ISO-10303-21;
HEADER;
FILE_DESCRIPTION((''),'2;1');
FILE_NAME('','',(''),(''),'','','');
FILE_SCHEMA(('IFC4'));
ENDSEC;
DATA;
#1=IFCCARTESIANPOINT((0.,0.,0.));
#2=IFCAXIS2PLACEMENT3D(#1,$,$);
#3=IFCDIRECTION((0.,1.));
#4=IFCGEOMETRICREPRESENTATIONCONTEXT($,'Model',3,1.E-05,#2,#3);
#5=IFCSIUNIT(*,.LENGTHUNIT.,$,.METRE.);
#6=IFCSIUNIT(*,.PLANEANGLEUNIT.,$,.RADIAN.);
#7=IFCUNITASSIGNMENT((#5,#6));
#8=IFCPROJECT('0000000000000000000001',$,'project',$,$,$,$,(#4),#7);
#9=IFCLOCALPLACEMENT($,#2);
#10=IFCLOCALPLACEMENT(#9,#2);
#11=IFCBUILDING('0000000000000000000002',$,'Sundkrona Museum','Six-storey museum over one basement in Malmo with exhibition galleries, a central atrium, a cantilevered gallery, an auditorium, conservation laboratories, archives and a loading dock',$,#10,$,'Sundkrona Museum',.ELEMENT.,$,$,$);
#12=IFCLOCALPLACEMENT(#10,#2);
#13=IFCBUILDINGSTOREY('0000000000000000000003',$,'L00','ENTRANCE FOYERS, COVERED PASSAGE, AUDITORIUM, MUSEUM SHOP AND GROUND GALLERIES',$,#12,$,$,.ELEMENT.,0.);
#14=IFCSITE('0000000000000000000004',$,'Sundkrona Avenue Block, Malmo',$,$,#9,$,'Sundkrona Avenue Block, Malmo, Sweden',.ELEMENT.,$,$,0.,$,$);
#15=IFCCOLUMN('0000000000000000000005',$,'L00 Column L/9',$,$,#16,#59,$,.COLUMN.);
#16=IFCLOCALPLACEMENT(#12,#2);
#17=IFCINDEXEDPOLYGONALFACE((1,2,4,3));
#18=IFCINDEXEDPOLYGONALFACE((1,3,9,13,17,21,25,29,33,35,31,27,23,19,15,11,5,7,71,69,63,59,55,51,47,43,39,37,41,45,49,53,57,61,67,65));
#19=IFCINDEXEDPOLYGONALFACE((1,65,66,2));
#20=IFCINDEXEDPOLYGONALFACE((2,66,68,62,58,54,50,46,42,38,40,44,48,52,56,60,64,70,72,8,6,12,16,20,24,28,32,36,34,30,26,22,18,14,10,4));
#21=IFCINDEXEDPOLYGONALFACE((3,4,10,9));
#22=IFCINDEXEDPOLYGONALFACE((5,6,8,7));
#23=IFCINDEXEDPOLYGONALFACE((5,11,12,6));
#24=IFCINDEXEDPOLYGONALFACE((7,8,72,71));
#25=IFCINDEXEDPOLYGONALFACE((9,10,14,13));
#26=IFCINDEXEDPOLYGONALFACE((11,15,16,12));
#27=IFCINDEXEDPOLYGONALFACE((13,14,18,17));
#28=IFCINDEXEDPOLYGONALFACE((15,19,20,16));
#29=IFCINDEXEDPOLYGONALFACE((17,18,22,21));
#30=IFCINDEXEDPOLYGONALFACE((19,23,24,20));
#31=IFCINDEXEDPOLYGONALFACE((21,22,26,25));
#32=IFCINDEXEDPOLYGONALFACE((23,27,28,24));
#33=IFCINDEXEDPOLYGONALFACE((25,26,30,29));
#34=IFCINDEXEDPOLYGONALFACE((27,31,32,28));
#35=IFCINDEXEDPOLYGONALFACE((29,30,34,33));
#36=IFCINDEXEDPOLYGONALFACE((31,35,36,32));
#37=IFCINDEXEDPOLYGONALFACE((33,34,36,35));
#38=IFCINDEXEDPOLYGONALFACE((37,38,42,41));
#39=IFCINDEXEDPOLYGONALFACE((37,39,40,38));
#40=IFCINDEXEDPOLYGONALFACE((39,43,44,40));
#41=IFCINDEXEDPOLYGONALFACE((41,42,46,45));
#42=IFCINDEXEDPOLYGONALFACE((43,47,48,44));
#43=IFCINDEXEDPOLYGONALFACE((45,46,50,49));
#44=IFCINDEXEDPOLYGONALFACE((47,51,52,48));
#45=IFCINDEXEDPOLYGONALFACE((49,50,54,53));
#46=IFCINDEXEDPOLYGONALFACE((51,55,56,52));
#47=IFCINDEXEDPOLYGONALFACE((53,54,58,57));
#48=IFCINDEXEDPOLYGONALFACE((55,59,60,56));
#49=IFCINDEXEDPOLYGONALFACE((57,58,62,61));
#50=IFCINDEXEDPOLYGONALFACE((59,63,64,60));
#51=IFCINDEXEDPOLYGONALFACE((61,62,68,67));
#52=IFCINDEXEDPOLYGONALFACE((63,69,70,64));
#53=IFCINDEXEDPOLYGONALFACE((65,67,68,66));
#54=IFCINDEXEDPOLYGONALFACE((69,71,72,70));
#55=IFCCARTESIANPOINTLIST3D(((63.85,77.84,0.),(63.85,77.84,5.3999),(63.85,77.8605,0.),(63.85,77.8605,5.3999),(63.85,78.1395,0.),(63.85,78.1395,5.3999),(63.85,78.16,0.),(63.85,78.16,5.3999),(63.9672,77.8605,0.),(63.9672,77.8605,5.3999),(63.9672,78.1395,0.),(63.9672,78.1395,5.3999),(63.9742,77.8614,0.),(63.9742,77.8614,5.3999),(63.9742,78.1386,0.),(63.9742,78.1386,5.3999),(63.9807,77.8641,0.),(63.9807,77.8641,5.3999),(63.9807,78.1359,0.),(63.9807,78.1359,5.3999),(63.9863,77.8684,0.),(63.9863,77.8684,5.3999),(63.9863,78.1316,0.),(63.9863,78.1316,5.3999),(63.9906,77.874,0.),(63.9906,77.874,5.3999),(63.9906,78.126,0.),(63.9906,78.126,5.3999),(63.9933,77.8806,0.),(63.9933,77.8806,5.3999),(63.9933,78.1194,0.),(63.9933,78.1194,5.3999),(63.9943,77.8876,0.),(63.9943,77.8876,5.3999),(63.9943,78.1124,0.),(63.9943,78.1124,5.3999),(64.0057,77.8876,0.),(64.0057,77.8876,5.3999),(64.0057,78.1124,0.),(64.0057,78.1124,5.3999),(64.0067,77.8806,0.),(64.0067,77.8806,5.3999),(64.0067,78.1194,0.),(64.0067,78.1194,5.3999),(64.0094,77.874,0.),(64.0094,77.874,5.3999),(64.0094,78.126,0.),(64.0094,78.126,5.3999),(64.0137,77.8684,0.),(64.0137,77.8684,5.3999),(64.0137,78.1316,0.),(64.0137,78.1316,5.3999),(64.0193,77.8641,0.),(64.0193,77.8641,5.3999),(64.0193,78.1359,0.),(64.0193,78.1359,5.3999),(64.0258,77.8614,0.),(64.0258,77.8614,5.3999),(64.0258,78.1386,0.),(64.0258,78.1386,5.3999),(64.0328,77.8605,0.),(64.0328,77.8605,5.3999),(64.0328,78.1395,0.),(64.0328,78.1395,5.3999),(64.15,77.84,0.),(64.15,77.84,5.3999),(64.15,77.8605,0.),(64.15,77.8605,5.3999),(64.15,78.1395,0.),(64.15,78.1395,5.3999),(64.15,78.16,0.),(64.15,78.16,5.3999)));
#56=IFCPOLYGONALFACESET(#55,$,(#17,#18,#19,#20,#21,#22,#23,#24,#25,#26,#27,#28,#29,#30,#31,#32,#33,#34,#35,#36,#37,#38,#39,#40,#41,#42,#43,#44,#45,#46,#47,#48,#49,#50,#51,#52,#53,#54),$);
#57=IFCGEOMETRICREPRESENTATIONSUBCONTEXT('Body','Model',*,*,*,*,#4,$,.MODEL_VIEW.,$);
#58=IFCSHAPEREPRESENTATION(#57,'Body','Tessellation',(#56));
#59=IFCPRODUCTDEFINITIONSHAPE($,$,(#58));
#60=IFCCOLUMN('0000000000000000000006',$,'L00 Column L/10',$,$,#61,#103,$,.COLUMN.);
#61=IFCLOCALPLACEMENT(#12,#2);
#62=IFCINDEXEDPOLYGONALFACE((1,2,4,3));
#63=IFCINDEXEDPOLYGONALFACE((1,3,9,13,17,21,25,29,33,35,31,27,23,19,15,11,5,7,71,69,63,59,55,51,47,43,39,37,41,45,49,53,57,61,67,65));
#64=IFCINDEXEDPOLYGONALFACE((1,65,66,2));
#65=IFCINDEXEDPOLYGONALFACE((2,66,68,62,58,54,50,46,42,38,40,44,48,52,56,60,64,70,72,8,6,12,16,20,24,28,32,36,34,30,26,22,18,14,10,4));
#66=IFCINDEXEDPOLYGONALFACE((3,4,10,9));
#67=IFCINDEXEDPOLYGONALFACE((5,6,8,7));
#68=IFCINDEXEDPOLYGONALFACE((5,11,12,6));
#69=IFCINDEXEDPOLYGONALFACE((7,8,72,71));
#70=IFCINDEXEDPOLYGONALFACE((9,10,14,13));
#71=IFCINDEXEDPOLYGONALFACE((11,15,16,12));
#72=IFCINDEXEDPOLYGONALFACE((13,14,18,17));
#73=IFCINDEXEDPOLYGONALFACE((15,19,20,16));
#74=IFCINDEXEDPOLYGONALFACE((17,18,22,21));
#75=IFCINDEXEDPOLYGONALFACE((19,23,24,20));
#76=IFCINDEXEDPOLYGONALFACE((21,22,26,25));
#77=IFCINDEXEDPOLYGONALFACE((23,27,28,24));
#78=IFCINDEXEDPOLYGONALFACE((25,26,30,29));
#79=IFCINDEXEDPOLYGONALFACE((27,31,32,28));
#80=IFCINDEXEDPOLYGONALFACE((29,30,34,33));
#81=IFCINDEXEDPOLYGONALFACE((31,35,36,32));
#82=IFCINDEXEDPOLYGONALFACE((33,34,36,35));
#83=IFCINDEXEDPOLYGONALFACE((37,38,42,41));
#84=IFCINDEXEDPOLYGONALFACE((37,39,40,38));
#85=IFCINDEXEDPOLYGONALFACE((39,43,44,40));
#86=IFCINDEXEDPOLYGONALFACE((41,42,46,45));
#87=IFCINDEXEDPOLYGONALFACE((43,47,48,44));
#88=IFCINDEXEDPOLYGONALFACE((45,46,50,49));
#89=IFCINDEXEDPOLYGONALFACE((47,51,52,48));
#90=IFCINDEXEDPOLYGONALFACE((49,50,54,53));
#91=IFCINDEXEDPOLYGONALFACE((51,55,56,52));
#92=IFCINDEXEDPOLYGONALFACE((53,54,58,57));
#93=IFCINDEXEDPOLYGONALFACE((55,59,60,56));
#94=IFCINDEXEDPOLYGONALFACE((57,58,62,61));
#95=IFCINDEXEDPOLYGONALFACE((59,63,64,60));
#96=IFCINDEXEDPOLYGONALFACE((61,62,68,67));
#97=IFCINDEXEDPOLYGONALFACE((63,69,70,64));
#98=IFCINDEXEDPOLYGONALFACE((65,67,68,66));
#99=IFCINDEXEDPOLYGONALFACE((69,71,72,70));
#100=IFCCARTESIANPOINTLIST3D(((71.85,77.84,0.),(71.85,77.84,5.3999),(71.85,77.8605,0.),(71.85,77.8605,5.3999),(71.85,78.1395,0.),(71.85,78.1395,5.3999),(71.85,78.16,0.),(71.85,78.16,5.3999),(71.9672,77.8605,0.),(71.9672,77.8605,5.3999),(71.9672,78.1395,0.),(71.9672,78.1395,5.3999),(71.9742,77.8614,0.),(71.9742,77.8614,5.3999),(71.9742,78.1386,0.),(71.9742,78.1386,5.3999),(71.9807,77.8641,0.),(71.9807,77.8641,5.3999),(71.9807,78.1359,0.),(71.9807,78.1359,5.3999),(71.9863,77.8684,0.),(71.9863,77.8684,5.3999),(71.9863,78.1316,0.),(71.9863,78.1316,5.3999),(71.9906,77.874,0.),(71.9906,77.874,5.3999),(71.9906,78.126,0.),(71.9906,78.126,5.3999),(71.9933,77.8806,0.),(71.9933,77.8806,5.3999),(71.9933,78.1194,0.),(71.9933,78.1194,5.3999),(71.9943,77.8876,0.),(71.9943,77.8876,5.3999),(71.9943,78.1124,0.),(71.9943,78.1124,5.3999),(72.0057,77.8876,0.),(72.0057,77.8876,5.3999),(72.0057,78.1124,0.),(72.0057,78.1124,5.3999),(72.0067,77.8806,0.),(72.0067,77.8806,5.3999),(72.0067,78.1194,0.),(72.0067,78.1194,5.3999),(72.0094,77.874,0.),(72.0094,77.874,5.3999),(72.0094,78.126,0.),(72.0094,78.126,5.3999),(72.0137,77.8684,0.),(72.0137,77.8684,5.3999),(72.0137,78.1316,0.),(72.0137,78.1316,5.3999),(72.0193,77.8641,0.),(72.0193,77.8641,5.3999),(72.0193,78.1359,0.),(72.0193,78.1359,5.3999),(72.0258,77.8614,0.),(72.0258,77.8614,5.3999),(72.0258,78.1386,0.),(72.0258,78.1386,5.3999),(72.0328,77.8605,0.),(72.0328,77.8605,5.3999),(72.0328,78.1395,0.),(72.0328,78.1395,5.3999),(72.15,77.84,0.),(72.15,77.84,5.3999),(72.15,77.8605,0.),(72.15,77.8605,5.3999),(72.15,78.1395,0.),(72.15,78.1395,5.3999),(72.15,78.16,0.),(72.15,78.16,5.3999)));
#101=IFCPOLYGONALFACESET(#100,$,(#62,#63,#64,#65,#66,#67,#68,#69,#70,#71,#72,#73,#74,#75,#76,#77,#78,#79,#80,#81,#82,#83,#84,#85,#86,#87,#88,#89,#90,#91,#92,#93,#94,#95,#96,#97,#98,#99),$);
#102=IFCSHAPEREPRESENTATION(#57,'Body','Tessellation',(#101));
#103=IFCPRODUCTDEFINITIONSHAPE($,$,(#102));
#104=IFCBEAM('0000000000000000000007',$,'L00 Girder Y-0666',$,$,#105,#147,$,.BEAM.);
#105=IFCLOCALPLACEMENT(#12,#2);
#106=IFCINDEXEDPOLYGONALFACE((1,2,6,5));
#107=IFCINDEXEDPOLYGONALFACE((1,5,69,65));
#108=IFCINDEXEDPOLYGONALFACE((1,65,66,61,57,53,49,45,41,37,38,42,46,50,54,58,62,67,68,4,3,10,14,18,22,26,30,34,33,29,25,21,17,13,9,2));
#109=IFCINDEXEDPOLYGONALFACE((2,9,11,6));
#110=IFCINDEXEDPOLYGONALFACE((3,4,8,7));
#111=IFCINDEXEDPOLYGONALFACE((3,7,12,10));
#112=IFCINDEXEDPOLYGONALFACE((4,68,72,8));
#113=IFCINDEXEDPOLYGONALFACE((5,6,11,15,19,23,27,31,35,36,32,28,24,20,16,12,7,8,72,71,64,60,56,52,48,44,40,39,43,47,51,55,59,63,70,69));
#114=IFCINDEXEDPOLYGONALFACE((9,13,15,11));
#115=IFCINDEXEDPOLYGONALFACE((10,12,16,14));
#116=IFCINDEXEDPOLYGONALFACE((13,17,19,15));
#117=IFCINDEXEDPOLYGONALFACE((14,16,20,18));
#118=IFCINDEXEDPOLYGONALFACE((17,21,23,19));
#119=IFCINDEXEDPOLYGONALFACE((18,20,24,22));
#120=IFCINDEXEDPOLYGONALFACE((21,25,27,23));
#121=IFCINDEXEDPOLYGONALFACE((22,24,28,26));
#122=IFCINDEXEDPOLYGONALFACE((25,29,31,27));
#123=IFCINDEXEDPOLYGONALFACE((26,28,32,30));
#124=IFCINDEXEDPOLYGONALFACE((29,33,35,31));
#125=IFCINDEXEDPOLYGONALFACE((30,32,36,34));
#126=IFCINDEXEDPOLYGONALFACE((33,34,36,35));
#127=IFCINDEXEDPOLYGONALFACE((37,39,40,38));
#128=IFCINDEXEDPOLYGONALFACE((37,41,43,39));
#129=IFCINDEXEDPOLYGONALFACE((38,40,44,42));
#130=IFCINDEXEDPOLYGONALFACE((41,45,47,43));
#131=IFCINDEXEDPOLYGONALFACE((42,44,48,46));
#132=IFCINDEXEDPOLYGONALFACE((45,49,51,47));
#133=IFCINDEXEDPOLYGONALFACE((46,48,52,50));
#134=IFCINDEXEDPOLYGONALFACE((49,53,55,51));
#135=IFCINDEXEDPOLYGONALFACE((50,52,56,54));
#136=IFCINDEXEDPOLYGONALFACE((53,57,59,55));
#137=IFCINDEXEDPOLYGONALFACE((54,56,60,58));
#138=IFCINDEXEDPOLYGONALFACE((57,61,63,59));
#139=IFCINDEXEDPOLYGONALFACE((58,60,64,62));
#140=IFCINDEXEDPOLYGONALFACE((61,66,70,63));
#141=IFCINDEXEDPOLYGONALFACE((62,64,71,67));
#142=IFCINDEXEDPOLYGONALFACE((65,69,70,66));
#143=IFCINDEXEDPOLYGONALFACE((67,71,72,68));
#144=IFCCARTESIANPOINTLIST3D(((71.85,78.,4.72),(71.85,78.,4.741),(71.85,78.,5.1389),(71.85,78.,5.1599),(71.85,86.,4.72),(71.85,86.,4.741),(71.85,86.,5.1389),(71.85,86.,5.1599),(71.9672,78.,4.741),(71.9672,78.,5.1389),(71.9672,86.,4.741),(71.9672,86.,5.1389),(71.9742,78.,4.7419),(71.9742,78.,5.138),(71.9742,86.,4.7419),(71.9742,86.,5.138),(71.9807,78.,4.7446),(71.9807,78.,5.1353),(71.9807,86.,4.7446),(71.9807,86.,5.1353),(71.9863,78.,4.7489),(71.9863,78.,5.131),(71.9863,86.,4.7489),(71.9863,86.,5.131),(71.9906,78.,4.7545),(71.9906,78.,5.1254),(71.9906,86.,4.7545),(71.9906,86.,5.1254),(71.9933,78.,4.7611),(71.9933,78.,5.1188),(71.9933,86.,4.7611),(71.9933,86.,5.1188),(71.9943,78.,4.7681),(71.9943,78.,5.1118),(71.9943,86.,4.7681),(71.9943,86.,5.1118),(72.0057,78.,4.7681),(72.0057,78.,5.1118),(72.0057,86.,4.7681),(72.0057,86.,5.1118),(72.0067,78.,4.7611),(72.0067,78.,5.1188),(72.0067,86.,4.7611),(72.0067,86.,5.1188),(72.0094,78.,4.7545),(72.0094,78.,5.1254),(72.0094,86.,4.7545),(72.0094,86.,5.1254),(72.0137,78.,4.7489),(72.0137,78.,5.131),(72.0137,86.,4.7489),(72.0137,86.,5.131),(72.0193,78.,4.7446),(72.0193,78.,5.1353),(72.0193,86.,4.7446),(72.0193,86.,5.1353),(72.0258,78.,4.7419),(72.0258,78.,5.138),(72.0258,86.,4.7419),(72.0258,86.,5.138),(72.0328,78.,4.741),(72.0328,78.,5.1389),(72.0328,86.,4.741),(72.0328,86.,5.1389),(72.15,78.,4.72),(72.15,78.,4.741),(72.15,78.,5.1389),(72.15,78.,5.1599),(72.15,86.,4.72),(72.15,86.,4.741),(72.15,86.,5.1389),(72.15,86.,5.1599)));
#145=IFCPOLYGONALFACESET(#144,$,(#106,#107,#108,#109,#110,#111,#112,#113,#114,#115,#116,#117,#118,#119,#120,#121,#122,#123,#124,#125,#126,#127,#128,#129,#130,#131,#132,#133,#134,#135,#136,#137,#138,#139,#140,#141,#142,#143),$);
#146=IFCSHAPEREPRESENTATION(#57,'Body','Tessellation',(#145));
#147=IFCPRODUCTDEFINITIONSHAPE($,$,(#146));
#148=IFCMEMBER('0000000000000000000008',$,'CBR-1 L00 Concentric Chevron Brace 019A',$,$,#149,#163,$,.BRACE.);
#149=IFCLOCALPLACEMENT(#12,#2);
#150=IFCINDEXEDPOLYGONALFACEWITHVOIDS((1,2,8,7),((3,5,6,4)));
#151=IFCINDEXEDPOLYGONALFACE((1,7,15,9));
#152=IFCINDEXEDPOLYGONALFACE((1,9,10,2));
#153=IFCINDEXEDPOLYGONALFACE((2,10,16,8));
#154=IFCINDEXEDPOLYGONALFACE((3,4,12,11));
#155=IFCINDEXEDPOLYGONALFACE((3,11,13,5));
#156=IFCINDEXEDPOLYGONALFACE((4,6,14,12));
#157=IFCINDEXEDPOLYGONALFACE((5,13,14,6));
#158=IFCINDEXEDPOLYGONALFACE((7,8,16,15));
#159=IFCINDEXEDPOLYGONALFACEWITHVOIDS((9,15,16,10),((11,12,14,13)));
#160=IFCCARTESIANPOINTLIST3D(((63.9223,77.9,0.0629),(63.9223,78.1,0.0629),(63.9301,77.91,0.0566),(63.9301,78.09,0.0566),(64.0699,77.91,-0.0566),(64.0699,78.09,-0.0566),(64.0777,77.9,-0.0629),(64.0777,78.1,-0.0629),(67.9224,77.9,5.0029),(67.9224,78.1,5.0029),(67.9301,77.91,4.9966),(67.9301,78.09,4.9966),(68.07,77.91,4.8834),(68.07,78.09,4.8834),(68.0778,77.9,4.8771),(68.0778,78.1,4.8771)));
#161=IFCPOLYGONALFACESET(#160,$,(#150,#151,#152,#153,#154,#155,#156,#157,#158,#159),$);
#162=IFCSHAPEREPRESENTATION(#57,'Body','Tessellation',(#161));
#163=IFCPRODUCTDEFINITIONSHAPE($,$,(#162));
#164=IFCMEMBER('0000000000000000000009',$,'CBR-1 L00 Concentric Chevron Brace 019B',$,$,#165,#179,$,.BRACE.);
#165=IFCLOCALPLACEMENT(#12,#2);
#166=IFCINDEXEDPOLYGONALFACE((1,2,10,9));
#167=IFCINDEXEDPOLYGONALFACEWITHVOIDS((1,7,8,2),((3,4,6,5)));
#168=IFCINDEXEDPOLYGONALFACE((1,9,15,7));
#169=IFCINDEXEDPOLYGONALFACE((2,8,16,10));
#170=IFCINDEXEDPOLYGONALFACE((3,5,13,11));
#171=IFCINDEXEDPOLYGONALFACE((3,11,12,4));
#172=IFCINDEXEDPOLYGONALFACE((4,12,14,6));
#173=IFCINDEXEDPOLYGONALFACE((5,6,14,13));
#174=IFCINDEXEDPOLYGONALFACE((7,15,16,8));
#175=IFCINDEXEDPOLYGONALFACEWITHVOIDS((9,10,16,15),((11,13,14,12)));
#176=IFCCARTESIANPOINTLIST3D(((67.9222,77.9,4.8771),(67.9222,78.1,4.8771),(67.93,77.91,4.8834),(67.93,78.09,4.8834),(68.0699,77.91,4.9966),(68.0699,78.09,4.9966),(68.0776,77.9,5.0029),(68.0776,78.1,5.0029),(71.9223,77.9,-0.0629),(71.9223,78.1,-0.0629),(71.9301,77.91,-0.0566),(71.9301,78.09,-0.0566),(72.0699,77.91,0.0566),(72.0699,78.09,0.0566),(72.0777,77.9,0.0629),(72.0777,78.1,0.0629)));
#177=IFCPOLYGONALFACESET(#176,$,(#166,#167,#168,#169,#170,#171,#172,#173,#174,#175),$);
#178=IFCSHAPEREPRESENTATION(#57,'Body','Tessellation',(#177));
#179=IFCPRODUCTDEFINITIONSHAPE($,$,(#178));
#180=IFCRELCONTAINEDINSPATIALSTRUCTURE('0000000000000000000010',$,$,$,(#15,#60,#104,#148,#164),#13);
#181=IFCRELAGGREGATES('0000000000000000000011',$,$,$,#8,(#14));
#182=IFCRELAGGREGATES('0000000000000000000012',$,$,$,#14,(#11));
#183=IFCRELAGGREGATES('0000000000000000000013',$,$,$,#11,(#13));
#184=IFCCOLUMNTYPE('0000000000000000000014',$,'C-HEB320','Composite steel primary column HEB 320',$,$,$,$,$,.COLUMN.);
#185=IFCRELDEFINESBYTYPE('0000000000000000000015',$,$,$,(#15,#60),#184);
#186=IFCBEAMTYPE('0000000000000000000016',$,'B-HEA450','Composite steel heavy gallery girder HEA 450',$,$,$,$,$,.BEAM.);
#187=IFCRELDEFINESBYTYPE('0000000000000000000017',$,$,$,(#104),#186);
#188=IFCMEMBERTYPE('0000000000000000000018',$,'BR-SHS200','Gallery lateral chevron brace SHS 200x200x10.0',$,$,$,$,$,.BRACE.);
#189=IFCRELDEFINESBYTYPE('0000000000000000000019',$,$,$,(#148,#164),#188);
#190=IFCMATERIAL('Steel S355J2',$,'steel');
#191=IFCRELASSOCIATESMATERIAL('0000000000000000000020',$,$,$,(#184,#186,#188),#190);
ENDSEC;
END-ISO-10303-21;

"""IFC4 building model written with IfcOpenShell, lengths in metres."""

from ifc_helpers import new_model, si_unit, direction, frame, origin, origin_2d, place, context, subcontext, project, spatial, hollow_rectangle, i_section, extrude, material, material_profile, profile_set, type_object, element, save


model = new_model("IFC4")

# Units and contexts
model_context = context("Model", 3, precision=1e-05, world=origin(), true_north=direction((0.0, 1.0)))
body_context = subcontext(model_context, "Body", "Model", "MODEL_VIEW")
ifc_project = project(units=[si_unit("LENGTHUNIT", "METRE"), si_unit("PLANEANGLEUNIT", "RADIAN")], contexts=[model_context])

# Site, building, storey
site_placement = place(None, origin())
site = spatial("IfcSite", under=ifc_project, at=site_placement, Name="Sundkrona Avenue Block, Malmo", LongName="Sundkrona Avenue Block, Malmo, Sweden", CompositionType="ELEMENT", RefElevation=0.0)
building_placement = place(site_placement, origin())
building = spatial("IfcBuilding", under=site, at=building_placement, Name="Sundkrona Museum", Description="Six-storey museum over one basement in Malmo with exhibition galleries, a central atrium, a cantilevered gallery, an auditorium, conservation laboratories, archives and a loading dock", LongName="Sundkrona Museum", CompositionType="ELEMENT")
storey_placement = place(building_placement, origin())
storey = spatial("IfcBuildingStorey", under=building, at=storey_placement, Name="L00", Description="ENTRANCE FOYERS, COVERED PASSAGE, AUDITORIUM, MUSEUM SHOP AND GROUND GALLERIES", CompositionType="ELEMENT", Elevation=0.0)

# Columns
ifc_material_1 = material(Name="Steel S355J2", Category="steel")
ifc_material_profile_1 = material_profile(ifc_material_1, i_section(OverallWidth=0.3, OverallDepth=0.3201, WebThickness=0.0115, FlangeThickness=0.0205, FilletRadius=0.0271, at=origin_2d()), Name="HEB 320")
ifc_profile_set_1 = profile_set([ifc_material_profile_1], Name="Steel S355J2")
column_type_1 = type_object("IfcColumnType", Name="C-HEB320", Description="Composite steel primary column HEB 320", PredefinedType="COLUMN", material=ifc_profile_set_1)
for number, where, z_axis, x_axis, name in (
    (1, (64.0, 78.0, 0.0), (0.0, 0.0, 1.0), (1.0, 0.0, 0.0), "L00 Column L/9"),
    (2, (72.0, 78.0, 0.0), (0.0, 0.0, 1.0), (1.0, 0.0, 0.0), "L00 Column L/10"),
):
    element("IfcColumn", number, at=place(storey_placement, frame(where, z_axis=z_axis, x_axis=x_axis)), inside=storey, type_object=column_type_1, Name=name, PredefinedType="COLUMN", context=body_context, shape_type="SweptSolid", body=[
        extrude(i_section(OverallWidth=0.3, OverallDepth=0.3201, WebThickness=0.0115, FlangeThickness=0.0205, FilletRadius=0.0271, at=origin_2d()), origin(), (0.0, 0.0, 1.0), 5.3999),
    ])

# Beam
ifc_material_profile_2 = material_profile(ifc_material_1, i_section(OverallWidth=0.3, OverallDepth=0.4399, WebThickness=0.0115, FlangeThickness=0.021, FilletRadius=0.0271, at=origin_2d()), Name="HEA 450")
ifc_profile_set_2 = profile_set([ifc_material_profile_2], Name="Steel S355J2")
beam_type_1 = type_object("IfcBeamType", Name="B-HEA450", Description="Composite steel heavy gallery girder HEA 450", PredefinedType="BEAM", material=ifc_profile_set_2)
beam_placement = place(storey_placement, frame((72.0, 78.0, 4.9399), z_axis=(0.0, 1.0, 0.0), x_axis=(-1.0, 0.0, 0.0)))
element("IfcBeam", 3, at=beam_placement, inside=storey, type_object=beam_type_1, Name="L00 Girder Y-0666", PredefinedType="BEAM", context=body_context, shape_type="SweptSolid", body=[
    extrude(i_section(OverallWidth=0.3, OverallDepth=0.4399, WebThickness=0.0115, FlangeThickness=0.021, FilletRadius=0.0271, at=origin_2d()), origin(), (0.0, 0.0, 1.0), 8.0),
])

# Members
ifc_material_profile_3 = material_profile(ifc_material_1, hollow_rectangle(XDim=0.2, YDim=0.2, WallThickness=0.01, at=origin_2d()), Name="SHS 200x200x10.0")
ifc_profile_set_3 = profile_set([ifc_material_profile_3], Name="Steel S355J2")
member_type = type_object("IfcMemberType", Name="BR-SHS200", Description="Gallery lateral chevron brace SHS 200x200x10.0", PredefinedType="BRACE", material=ifc_profile_set_3)
for number, where, z_axis, x_axis, name in (
    (4, (64.0, 78.0, 0.0), (0.629293, 0.0, 0.777168), (0.0, 1.0, 0.0), "CBR-1 L00 Concentric Chevron Brace 019A"),
    (5, (72.0, 78.0, 0.0), (-0.629293, 0.0, 0.777168), (0.0, -1.0, 0.0), "CBR-1 L00 Concentric Chevron Brace 019B"),
):
    element("IfcMember", number, at=place(storey_placement, frame(where, z_axis=z_axis, x_axis=x_axis)), inside=storey, type_object=member_type, Name=name, PredefinedType="BRACE", context=body_context, shape_type="SweptSolid", body=[
        extrude(hollow_rectangle(XDim=0.2, YDim=0.2, WallThickness=0.01, at=origin_2d()), origin(), (0.0, 0.0, 1.0), 6.3564),
    ])

save(model, "model.ifc")
